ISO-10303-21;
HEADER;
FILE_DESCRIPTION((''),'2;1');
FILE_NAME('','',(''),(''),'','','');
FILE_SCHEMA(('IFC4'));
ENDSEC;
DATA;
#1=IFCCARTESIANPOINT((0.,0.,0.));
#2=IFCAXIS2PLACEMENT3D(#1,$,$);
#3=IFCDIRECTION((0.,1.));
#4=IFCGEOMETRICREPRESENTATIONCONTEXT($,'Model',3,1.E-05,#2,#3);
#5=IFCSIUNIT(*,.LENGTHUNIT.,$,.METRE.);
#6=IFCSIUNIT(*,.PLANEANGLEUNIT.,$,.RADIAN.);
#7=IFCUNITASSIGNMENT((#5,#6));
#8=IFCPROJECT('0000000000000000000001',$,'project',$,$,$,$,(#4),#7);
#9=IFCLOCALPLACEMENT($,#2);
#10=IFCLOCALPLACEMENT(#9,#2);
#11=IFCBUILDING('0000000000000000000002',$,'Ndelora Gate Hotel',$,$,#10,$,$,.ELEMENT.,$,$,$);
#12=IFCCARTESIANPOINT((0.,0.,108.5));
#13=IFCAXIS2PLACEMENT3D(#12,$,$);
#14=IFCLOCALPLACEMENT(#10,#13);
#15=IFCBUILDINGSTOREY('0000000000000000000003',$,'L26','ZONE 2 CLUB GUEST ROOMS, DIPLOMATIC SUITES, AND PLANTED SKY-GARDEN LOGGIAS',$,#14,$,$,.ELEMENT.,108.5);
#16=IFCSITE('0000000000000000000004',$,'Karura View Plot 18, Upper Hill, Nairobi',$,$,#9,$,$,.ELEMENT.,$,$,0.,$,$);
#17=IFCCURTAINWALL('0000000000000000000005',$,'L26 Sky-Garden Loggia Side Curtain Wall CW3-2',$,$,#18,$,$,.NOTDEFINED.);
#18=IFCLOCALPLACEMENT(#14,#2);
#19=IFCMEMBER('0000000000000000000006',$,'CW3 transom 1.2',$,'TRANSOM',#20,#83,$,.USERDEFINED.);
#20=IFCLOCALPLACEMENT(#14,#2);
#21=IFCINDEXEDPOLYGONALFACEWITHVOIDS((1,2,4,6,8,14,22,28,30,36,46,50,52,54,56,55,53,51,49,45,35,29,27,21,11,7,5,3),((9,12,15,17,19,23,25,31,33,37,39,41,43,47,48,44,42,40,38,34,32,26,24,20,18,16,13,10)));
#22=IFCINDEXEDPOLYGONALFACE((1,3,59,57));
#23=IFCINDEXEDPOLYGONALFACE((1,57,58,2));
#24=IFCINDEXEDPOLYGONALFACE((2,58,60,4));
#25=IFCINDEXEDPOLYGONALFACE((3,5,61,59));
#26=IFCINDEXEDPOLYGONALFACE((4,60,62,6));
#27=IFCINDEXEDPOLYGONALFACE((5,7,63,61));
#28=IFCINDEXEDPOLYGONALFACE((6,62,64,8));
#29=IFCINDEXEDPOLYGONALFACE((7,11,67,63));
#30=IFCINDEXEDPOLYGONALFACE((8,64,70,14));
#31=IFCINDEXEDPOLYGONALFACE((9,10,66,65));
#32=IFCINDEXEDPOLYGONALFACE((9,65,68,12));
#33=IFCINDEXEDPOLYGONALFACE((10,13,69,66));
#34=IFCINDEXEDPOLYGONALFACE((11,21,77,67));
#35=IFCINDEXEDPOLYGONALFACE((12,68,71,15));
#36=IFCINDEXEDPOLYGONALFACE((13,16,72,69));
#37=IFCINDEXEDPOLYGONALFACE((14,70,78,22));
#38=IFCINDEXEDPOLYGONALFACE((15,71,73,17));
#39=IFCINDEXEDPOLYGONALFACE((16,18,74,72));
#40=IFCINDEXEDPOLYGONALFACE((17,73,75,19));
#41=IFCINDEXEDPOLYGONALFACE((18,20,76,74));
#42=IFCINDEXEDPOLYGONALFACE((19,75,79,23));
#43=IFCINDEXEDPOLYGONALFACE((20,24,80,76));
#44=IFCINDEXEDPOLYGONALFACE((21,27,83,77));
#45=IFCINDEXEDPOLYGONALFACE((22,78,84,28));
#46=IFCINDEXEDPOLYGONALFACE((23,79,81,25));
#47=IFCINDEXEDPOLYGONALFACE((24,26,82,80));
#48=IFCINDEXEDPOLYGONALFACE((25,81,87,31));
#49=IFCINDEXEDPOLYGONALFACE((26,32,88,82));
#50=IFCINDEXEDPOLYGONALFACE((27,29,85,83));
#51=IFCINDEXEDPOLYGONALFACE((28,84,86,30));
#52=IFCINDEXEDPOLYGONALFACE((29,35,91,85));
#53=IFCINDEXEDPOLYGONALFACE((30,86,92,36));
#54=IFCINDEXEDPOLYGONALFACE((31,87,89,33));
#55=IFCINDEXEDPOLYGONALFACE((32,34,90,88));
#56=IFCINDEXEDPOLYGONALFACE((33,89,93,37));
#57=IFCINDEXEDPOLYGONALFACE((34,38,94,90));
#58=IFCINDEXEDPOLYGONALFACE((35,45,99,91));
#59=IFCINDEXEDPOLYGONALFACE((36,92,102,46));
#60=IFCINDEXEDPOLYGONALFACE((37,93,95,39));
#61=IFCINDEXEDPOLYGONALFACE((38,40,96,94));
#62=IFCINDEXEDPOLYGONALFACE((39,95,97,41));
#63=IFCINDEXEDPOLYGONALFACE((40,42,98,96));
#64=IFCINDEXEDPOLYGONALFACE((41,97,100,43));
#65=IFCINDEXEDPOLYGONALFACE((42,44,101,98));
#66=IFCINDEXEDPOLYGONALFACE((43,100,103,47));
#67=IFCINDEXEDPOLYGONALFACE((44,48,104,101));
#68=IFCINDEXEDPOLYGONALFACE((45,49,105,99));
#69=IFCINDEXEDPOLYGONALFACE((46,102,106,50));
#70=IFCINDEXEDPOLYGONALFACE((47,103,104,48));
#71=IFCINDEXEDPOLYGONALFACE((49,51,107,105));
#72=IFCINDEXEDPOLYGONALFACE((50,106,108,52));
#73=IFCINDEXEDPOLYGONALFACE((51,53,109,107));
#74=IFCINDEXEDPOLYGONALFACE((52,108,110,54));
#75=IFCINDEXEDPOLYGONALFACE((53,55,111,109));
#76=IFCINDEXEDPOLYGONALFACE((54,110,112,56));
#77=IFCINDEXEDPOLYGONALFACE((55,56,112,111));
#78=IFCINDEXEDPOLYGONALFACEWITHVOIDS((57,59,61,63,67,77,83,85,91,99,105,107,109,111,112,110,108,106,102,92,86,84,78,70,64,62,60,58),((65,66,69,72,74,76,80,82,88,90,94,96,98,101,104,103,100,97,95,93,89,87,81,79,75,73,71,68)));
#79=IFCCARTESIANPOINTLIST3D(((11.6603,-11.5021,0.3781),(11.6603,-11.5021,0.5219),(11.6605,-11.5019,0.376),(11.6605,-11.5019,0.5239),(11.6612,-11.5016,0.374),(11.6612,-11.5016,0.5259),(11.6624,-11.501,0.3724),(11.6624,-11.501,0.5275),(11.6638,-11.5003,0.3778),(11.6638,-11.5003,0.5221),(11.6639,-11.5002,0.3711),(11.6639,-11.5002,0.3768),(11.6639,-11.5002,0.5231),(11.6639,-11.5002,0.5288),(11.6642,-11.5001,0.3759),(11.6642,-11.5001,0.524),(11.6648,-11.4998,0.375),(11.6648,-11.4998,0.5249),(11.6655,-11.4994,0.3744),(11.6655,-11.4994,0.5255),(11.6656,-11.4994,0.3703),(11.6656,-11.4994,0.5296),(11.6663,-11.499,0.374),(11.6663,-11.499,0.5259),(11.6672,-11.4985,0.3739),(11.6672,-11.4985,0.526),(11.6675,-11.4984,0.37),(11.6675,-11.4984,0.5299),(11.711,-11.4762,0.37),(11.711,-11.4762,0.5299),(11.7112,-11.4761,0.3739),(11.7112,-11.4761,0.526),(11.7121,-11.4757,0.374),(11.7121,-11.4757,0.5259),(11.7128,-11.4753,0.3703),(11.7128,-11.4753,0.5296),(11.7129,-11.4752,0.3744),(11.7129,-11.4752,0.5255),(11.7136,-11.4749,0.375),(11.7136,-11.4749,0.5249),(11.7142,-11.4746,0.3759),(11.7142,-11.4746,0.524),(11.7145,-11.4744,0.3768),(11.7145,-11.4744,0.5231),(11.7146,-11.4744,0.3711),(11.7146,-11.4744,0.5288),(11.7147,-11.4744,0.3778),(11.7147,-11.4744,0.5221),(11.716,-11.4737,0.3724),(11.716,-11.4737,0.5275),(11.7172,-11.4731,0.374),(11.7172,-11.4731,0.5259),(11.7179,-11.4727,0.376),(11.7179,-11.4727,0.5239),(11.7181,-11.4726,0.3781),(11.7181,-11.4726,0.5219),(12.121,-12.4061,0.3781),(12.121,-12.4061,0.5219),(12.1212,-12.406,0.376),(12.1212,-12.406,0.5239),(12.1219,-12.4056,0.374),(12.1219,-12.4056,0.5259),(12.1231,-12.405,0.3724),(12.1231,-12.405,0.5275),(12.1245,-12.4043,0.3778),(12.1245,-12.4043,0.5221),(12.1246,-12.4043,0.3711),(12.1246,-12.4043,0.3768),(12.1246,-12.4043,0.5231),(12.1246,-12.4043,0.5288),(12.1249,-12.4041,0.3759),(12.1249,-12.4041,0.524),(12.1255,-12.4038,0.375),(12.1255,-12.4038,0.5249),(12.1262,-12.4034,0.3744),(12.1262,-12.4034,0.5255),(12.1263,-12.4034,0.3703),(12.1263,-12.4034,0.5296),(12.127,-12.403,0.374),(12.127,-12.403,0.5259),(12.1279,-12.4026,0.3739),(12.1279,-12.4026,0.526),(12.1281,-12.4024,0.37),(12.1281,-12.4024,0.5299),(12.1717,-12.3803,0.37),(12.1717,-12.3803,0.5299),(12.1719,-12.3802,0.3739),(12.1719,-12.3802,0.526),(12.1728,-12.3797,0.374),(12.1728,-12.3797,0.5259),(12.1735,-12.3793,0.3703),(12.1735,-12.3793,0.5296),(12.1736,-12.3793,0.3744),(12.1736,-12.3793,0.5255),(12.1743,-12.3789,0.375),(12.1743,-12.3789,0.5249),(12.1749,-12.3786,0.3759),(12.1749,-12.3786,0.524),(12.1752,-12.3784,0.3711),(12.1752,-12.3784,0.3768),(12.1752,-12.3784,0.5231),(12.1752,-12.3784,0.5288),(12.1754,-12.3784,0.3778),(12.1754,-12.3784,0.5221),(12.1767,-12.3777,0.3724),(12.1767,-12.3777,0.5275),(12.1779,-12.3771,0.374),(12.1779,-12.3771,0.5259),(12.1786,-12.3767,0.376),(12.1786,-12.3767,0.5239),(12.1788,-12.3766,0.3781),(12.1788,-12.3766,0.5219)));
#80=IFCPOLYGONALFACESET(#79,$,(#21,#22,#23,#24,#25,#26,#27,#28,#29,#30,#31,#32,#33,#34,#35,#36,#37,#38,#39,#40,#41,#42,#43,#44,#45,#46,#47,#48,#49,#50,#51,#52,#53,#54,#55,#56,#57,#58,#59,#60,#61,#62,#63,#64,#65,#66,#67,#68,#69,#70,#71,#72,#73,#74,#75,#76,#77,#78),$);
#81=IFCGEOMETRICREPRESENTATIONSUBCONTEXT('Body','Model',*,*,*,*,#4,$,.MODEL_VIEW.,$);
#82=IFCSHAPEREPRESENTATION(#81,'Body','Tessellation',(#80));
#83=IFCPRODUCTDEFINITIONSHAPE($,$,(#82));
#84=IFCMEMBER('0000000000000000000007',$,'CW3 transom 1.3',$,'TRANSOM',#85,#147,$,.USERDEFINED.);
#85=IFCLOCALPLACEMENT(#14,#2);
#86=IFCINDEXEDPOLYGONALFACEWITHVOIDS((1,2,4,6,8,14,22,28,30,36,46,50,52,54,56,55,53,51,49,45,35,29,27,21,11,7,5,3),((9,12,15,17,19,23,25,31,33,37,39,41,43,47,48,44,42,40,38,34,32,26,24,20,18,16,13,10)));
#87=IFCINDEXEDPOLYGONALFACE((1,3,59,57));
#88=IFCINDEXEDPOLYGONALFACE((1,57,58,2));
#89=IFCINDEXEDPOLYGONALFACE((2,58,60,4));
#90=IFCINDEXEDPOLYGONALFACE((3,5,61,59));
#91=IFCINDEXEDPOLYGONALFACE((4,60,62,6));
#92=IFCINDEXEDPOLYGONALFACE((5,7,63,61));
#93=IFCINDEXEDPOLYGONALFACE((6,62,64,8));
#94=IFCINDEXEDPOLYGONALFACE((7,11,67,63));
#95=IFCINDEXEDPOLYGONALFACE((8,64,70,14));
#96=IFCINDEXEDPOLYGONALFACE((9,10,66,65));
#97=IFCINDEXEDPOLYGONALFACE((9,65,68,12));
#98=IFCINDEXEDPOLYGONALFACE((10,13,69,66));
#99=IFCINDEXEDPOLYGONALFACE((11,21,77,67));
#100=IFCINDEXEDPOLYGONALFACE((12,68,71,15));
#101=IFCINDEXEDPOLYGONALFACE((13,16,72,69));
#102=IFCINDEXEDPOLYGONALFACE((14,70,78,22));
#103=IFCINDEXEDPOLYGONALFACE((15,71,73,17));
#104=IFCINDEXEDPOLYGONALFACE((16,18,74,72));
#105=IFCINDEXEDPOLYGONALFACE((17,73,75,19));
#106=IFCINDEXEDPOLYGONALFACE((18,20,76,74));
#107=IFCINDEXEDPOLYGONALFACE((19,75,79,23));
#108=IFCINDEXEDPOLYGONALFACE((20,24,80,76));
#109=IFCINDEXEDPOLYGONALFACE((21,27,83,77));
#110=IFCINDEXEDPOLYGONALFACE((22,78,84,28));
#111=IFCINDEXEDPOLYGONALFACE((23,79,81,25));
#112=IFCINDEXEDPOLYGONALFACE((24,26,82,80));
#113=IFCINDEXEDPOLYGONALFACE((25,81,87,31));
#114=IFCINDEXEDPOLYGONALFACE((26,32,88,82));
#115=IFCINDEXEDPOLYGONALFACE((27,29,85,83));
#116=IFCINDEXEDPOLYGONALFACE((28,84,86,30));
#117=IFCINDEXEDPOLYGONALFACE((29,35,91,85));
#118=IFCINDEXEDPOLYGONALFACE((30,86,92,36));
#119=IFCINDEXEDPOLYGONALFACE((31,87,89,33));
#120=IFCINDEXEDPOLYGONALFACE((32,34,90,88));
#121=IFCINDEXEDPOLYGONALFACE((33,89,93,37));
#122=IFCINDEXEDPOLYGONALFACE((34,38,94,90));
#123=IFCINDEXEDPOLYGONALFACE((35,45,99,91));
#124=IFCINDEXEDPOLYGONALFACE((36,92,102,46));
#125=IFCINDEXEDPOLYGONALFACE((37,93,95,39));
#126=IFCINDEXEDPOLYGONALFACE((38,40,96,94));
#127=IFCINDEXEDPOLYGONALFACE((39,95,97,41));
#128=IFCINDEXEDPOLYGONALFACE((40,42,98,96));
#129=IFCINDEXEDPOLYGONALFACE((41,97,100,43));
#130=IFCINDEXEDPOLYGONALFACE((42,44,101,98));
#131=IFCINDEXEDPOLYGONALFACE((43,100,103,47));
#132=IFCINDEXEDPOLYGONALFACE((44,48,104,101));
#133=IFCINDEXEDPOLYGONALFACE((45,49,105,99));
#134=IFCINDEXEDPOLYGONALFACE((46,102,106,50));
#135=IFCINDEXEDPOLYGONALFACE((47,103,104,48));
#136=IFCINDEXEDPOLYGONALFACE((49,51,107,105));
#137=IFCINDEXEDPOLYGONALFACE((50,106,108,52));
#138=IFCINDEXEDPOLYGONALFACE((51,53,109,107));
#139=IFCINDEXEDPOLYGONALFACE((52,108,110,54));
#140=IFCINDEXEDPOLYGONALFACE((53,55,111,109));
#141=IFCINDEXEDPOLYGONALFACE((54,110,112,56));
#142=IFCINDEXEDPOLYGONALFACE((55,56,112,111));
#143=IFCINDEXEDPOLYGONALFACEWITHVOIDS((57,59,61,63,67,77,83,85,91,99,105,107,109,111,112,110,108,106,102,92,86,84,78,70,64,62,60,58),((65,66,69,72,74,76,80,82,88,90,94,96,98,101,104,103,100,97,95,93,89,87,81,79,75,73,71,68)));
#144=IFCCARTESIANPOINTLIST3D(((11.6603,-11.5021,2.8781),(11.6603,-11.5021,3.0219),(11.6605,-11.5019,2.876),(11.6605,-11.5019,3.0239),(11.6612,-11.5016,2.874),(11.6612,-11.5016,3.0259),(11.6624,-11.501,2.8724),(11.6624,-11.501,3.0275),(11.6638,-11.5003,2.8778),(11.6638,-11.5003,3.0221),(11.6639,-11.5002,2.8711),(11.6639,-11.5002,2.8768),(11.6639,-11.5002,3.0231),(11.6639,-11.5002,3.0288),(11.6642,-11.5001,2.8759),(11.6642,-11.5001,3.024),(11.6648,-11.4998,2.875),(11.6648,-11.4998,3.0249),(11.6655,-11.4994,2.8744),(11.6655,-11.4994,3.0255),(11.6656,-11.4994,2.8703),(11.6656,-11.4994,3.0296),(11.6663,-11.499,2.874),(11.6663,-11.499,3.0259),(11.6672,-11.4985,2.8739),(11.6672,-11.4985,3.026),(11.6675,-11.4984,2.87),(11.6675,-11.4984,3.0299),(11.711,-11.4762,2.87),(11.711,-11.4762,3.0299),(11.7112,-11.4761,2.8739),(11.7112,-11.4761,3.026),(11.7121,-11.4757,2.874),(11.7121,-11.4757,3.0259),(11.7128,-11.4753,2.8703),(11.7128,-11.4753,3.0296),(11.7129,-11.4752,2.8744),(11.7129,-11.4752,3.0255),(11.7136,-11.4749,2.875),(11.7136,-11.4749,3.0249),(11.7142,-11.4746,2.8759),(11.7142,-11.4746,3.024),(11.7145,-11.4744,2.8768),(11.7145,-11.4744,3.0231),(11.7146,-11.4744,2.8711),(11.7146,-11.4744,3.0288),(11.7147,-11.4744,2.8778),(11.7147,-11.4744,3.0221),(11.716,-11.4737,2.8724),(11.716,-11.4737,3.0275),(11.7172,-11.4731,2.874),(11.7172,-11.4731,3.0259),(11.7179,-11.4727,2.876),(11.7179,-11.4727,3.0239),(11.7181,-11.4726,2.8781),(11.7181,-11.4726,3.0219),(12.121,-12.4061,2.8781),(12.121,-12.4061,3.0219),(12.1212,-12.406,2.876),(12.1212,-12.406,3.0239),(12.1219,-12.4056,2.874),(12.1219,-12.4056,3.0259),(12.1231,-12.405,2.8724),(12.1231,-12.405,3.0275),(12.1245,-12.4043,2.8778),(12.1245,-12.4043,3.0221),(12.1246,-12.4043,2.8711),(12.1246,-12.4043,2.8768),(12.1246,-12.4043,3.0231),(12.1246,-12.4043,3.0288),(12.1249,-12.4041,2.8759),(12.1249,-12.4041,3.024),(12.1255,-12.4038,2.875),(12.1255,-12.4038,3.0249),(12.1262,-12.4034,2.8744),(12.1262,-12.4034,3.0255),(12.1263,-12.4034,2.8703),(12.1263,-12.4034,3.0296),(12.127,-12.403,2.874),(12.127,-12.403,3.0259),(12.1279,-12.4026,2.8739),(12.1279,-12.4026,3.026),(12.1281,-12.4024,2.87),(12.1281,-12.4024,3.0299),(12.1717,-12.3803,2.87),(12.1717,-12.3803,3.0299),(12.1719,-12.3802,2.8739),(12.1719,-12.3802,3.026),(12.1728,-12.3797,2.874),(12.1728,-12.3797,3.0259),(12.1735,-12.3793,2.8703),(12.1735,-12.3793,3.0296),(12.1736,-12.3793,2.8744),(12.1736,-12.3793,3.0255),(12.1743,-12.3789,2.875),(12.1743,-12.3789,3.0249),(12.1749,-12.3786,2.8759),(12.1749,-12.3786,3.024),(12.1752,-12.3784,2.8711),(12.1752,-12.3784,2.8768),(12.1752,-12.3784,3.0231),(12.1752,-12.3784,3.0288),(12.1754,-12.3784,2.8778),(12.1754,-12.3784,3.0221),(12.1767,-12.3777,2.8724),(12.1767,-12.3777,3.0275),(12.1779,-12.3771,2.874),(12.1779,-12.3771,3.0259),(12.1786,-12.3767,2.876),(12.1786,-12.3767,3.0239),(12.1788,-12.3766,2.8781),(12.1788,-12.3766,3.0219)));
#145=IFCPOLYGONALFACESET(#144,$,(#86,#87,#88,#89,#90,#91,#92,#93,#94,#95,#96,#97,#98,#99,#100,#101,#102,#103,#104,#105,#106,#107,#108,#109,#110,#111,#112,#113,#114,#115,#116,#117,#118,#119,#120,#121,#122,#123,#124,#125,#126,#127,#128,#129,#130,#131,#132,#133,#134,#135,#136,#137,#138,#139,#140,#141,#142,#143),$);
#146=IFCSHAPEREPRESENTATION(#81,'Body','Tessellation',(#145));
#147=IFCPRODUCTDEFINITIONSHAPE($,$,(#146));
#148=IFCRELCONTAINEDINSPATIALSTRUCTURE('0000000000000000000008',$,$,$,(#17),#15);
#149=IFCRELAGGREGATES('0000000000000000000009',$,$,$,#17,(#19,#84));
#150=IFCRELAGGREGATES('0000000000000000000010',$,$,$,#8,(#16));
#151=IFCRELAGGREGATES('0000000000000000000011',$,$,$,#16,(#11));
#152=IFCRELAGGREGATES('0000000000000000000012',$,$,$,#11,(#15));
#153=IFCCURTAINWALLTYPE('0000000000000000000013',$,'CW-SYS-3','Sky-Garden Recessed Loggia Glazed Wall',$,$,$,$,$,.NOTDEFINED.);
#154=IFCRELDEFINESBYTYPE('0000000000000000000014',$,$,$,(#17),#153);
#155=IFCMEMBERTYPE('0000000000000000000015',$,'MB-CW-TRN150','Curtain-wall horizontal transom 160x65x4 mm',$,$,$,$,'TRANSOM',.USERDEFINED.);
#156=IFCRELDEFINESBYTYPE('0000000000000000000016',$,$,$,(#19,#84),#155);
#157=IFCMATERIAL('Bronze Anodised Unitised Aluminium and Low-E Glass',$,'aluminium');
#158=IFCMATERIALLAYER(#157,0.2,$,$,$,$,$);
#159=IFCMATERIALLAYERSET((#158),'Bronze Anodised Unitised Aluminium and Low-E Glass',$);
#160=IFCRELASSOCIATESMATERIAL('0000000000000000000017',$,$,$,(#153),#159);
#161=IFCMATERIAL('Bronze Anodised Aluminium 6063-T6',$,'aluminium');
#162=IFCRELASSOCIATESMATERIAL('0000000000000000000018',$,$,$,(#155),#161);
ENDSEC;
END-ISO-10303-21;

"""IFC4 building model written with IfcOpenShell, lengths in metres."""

from ifc_helpers import new_model, si_unit, direction, frame, origin, origin_2d, place, context, subcontext, project, spatial, hollow_rectangle, extrude, material, layer, layer_set, material_profile, profile_set, type_object, element, aggregate, save


model = new_model("IFC4")

# Units and contexts
model_context = context("Model", 3, precision=1e-05, world=origin(), true_north=direction((0.0, 1.0)))
body_context = subcontext(model_context, "Body", "Model", "MODEL_VIEW")
ifc_project = project(units=[si_unit("LENGTHUNIT", "METRE"), si_unit("PLANEANGLEUNIT", "RADIAN")], contexts=[model_context])

# Site, building, storey
site_placement = place(None, origin())
site = spatial("IfcSite", under=ifc_project, at=site_placement, Name="Karura View Plot 18, Upper Hill, Nairobi", CompositionType="ELEMENT", RefElevation=0.0)
building_placement = place(site_placement, origin())
building = spatial("IfcBuilding", under=site, at=building_placement, Name="Ndelora Gate Hotel", CompositionType="ELEMENT")
storey_placement = place(building_placement, frame((0.0, 0.0, 108.5)))
storey = spatial("IfcBuildingStorey", under=building, at=storey_placement, Name="L26", Description="ZONE 2 CLUB GUEST ROOMS, DIPLOMATIC SUITES, AND PLANTED SKY-GARDEN LOGGIAS", CompositionType="ELEMENT", Elevation=108.5)

# Curtain wall, members
ifc_material_1 = material(Name="Bronze Anodised Unitised Aluminium and Low-E Glass", Category="aluminium")
ifc_layer_1 = layer(ifc_material_1, 0.2)
ifc_layer_set_1 = layer_set([ifc_layer_1], Name="Bronze Anodised Unitised Aluminium and Low-E Glass")
curtain_wall_type = type_object("IfcCurtainWallType", Name="CW-SYS-3", Description="Sky-Garden Recessed Loggia Glazed Wall", PredefinedType="NOTDEFINED", material=ifc_layer_set_1)
curtain_wall_placement = place(storey_placement, origin())
curtain_wall = element("IfcCurtainWall", 1, at=curtain_wall_placement, inside=storey, type_object=curtain_wall_type, Name="L26 Sky-Garden Loggia Side Curtain Wall CW3-2", PredefinedType="NOTDEFINED")
ifc_material_2 = material(Name="Bronze Anodised Aluminium 6063-T6", Category="aluminium")
ifc_material_profile_1 = material_profile(ifc_material_2, hollow_rectangle(XDim=0.0649, YDim=0.1599, WallThickness=0.0039, InnerFilletRadius=0.0039, OuterFilletRadius=0.0081, at=origin_2d()), Name="ALU 160x65x4")
ifc_profile_set_1 = profile_set([ifc_material_profile_1], Name="Bronze Anodised Aluminium 6063-T6")
member_type_1 = type_object("IfcMemberType", Name="MB-CW-TRN150", Description="Curtain-wall horizontal transom 160x65x4 mm", ElementType="TRANSOM", PredefinedType="USERDEFINED", material=ifc_profile_set_1)
member_1_placement = place(storey_placement, frame((12.1499, -12.3914, 0.45), z_axis=(-0.454034, 0.890984, 0.0), x_axis=(-0.890984, -0.454034, 0.0)))
member_1 = element("IfcMember", 2, at=member_1_placement, type_object=member_type_1, Name="CW3 transom 1.2", ObjectType="TRANSOM", PredefinedType="USERDEFINED", context=body_context, shape_type="SweptSolid", body=[
    extrude(hollow_rectangle(XDim=0.0649, YDim=0.1599, WallThickness=0.0039, InnerFilletRadius=0.0039, OuterFilletRadius=0.0081, at=origin_2d()), origin(), (0.0, 0.0, 1.0), 1.0146),
])
member_2_placement = place(storey_placement, frame((12.1499, -12.3914, 2.95), z_axis=(-0.454034, 0.890984, 0.0), x_axis=(-0.890984, -0.454034, 0.0)))
member_2 = element("IfcMember", 3, at=member_2_placement, type_object=member_type_1, Name="CW3 transom 1.3", ObjectType="TRANSOM", PredefinedType="USERDEFINED", context=body_context, shape_type="SweptSolid", body=[
    extrude(hollow_rectangle(XDim=0.0649, YDim=0.1599, WallThickness=0.0039, InnerFilletRadius=0.0039, OuterFilletRadius=0.0081, at=origin_2d()), origin(), (0.0, 0.0, 1.0), 1.0146),
])
aggregate(curtain_wall, [member_1, member_2])

save(model, "model.ifc")
